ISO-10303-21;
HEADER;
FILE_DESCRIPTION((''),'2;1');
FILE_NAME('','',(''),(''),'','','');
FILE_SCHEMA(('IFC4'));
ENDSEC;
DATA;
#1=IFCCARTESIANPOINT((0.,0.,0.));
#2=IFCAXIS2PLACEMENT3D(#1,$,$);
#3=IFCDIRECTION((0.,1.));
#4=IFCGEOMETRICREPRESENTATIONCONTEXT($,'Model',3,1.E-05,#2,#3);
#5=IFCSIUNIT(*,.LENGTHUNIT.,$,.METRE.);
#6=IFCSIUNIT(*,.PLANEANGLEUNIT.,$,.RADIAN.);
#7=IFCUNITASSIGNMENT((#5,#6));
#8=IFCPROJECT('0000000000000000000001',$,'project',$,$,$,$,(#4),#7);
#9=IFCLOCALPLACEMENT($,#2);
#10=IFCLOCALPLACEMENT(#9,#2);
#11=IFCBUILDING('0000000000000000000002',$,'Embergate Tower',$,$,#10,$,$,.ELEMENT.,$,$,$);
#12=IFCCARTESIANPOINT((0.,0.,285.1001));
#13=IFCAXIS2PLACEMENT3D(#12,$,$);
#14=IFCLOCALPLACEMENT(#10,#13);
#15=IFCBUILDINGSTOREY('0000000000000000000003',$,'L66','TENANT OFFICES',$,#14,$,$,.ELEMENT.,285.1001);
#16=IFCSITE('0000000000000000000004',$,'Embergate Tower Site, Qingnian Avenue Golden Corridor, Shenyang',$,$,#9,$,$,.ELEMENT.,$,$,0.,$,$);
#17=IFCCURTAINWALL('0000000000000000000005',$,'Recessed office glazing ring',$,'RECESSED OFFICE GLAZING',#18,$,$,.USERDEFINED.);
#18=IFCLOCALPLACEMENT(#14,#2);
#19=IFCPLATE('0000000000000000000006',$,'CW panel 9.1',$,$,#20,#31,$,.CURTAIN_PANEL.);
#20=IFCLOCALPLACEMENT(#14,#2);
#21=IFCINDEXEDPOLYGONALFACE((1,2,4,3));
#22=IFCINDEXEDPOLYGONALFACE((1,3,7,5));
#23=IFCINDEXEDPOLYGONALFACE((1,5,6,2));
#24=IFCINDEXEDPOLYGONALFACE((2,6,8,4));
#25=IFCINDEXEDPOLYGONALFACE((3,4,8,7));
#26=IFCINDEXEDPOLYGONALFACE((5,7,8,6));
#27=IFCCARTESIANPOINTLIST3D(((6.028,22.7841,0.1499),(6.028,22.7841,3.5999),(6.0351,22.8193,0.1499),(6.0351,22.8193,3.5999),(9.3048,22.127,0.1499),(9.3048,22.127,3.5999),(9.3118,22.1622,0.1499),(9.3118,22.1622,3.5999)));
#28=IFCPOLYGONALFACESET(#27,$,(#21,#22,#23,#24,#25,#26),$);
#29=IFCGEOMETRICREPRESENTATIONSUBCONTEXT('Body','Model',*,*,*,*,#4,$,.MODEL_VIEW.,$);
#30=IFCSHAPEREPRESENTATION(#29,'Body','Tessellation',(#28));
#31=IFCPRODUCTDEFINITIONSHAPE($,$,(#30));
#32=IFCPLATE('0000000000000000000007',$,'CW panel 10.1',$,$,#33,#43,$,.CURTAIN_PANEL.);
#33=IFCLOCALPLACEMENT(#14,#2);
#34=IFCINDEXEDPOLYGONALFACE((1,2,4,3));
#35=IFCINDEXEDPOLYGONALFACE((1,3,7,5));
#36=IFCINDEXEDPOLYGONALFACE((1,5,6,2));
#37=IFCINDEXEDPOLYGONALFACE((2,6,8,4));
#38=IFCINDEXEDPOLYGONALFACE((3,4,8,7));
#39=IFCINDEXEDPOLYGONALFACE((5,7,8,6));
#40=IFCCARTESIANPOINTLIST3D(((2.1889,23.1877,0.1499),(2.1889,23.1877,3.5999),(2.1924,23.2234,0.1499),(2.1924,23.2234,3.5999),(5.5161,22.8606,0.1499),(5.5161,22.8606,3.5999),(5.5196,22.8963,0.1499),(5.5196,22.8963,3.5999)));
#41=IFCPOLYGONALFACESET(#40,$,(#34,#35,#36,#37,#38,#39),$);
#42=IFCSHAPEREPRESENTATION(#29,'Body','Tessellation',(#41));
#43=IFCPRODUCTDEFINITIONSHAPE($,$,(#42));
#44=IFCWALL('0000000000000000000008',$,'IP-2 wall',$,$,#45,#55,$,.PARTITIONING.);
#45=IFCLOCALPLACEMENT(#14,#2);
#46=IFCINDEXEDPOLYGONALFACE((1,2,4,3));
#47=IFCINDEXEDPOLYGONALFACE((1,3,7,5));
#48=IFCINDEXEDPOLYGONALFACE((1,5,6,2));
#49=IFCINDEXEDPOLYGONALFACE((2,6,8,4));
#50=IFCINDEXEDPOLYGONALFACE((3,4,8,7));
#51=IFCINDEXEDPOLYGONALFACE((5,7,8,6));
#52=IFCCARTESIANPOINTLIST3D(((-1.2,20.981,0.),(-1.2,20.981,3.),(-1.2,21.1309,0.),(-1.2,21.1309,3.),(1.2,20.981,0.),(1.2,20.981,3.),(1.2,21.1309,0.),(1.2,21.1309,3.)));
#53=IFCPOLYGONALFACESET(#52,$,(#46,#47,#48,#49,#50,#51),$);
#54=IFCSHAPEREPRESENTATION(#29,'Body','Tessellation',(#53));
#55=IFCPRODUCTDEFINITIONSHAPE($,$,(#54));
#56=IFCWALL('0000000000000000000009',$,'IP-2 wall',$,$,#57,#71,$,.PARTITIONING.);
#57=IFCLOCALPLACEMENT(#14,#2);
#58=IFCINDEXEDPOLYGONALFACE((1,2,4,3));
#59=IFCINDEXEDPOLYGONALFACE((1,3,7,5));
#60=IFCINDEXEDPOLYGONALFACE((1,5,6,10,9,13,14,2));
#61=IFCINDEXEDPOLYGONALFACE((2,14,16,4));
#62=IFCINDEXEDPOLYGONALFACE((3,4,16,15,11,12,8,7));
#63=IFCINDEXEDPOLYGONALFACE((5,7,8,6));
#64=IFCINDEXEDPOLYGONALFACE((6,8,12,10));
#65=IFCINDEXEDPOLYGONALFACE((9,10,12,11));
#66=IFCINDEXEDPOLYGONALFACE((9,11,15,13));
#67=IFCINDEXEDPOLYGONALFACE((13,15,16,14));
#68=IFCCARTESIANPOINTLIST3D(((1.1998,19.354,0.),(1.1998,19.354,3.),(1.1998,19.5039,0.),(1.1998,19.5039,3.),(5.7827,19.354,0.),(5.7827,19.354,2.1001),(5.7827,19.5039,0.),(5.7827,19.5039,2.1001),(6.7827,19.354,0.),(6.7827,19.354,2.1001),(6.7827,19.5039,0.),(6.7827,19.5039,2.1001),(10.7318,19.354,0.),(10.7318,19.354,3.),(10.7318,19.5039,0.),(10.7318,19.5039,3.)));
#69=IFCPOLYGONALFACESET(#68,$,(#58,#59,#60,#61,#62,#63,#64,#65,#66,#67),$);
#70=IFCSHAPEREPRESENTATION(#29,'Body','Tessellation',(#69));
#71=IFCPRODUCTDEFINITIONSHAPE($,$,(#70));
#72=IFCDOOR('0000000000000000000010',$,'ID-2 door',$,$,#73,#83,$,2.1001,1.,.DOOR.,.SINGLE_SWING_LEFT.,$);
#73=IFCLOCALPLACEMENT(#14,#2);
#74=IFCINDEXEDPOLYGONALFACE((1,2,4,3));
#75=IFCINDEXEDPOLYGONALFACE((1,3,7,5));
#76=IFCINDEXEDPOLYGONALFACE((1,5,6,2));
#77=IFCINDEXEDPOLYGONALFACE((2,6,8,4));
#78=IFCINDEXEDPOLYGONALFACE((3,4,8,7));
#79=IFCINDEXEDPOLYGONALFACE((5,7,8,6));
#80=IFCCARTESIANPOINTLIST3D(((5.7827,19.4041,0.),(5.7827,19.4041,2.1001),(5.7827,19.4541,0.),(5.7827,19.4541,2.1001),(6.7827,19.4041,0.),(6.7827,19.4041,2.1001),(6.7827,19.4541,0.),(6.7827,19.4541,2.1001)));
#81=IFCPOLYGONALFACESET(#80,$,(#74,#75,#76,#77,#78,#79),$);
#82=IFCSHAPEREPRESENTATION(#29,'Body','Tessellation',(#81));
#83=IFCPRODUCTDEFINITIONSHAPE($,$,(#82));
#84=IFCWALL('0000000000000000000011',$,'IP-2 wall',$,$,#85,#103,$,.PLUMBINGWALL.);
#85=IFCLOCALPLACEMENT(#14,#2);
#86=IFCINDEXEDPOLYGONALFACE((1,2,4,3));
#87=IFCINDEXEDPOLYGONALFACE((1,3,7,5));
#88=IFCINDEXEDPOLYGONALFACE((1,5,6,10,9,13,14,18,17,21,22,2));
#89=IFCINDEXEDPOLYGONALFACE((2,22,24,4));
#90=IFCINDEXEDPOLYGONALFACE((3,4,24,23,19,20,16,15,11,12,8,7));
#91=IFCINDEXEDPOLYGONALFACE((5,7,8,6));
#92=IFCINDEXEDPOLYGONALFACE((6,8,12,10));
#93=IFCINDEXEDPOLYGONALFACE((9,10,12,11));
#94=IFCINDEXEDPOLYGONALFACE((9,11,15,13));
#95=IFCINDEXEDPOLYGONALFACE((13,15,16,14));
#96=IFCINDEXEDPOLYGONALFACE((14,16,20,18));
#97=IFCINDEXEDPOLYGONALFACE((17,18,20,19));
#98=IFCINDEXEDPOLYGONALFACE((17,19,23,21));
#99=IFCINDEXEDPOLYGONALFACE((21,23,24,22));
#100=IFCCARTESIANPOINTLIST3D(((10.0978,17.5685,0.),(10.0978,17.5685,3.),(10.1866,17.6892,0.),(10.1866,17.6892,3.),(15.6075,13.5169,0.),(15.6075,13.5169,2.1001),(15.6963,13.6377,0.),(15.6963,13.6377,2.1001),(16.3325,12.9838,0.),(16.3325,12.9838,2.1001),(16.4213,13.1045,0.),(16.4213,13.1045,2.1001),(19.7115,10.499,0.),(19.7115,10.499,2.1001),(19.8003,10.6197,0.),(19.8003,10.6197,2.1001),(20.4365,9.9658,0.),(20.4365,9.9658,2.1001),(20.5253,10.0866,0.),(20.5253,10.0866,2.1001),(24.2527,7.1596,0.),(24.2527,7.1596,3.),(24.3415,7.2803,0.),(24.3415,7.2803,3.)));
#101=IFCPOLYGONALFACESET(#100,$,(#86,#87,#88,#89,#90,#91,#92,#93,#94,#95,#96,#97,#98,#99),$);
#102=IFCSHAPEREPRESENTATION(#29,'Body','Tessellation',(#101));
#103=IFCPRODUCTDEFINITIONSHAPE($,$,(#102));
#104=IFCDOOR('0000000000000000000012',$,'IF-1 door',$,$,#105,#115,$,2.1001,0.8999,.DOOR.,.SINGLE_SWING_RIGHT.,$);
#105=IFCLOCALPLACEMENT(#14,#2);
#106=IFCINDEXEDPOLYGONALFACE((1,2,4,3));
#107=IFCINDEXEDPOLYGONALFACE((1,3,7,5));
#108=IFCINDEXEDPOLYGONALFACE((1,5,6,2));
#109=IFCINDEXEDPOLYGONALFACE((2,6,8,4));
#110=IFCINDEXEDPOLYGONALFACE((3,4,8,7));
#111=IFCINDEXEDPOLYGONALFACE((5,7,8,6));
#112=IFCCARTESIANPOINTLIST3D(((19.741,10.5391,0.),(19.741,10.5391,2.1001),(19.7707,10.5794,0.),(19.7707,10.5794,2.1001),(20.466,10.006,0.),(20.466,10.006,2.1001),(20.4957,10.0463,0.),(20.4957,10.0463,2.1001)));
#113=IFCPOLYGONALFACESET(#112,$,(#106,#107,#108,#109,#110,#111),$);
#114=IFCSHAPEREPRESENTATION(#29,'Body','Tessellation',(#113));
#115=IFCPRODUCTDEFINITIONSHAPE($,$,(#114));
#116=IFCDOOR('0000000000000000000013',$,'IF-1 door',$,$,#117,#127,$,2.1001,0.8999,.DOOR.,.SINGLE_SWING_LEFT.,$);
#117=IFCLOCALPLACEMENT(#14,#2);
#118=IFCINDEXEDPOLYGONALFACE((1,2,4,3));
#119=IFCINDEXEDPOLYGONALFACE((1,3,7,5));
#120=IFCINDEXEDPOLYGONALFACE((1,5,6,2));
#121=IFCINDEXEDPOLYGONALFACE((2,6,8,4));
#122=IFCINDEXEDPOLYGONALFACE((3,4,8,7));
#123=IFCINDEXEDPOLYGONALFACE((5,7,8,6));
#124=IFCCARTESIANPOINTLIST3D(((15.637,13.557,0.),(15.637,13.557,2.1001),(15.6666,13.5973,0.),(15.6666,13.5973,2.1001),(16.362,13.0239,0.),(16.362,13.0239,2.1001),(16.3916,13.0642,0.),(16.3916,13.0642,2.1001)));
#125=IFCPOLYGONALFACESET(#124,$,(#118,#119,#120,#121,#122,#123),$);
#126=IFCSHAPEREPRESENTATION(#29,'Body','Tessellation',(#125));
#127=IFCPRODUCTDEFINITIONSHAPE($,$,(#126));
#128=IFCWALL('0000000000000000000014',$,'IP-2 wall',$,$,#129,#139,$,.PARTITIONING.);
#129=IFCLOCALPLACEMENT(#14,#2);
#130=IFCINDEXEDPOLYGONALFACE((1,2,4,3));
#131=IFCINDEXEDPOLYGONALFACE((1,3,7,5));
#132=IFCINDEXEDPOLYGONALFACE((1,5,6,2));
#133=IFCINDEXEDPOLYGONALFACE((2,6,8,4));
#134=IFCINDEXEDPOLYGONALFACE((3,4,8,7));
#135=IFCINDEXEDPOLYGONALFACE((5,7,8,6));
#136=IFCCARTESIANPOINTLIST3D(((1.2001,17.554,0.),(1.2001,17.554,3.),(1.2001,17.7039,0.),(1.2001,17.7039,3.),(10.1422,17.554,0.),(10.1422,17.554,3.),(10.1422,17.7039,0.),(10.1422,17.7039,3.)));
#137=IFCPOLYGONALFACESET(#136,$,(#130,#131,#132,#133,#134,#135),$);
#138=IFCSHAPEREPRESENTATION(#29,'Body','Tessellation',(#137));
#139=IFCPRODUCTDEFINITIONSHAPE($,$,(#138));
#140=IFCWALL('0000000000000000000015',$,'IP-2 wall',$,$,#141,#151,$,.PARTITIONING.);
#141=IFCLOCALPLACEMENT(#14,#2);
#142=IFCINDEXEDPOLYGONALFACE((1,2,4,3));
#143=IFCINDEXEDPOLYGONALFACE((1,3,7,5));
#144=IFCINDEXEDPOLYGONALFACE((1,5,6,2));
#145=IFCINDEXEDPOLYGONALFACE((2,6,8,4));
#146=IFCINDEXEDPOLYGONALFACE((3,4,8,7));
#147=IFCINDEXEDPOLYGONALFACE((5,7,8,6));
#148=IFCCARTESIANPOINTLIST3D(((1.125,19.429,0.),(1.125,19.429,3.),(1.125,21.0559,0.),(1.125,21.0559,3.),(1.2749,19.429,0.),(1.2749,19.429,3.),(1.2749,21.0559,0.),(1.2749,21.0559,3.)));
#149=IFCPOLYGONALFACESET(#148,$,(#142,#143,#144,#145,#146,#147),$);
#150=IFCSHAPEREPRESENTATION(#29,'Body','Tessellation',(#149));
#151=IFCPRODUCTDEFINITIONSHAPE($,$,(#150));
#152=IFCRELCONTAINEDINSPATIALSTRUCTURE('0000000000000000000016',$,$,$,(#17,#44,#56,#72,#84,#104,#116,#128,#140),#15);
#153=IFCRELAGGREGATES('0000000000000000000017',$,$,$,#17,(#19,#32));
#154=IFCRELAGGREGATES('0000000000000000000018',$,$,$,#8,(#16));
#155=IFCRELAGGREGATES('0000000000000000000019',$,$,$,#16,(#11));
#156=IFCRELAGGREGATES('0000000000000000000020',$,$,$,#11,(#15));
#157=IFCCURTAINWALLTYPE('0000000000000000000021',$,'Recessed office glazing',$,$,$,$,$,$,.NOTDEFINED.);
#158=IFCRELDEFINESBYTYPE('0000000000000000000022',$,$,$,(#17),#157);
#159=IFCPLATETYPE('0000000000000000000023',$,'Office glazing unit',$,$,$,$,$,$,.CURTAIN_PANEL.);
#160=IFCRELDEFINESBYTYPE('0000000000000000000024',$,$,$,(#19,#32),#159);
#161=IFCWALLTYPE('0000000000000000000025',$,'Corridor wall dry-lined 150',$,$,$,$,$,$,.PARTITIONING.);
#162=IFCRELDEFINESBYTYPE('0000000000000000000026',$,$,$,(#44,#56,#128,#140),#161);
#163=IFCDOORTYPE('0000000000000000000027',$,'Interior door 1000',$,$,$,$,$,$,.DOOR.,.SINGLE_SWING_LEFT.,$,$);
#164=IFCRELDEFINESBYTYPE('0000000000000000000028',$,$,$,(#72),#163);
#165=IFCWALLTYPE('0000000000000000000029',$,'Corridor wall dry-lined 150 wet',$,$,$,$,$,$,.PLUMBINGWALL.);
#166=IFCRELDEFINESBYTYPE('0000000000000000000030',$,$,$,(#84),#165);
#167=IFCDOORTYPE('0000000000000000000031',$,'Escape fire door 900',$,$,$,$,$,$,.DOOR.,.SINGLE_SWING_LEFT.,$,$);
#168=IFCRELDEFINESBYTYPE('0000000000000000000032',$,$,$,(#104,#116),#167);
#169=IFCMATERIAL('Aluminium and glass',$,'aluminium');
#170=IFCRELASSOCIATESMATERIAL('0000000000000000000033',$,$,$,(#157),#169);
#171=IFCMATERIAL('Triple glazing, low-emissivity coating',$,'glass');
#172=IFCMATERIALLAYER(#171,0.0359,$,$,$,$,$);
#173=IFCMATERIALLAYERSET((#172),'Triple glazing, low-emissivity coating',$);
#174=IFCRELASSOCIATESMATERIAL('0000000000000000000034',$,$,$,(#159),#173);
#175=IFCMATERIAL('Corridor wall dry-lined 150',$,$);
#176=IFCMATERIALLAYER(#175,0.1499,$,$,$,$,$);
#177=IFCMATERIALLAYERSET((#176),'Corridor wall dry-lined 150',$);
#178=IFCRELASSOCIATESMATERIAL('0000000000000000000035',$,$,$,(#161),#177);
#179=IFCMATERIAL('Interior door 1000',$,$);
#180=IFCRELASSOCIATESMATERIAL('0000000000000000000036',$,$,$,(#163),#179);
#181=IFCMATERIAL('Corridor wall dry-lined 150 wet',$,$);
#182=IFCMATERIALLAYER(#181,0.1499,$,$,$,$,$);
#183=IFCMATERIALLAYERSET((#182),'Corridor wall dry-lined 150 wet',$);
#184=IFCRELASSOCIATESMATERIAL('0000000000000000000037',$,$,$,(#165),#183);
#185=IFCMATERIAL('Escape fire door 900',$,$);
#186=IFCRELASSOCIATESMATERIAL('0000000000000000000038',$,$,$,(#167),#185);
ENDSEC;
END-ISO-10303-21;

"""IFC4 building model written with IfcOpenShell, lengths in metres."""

from ifc_helpers import new_model, si_unit, direction, frame, frame_2d, origin, origin_2d, place, context, subcontext, project, spatial, rectangle, extrude, source, transform, mapped, material, layer, layer_set, type_object, element, fill, aggregate, save


model = new_model("IFC4")

# Units and contexts
model_context = context("Model", 3, precision=1e-05, world=origin(), true_north=direction((0.0, 1.0)))
body_context = subcontext(model_context, "Body", "Model", "MODEL_VIEW")
ifc_project = project(units=[si_unit("LENGTHUNIT", "METRE"), si_unit("PLANEANGLEUNIT", "RADIAN")], contexts=[model_context])

# Site, building, storey
site_placement = place(None, origin())
site = spatial("IfcSite", under=ifc_project, at=site_placement, Name="Embergate Tower Site, Qingnian Avenue Golden Corridor, Shenyang", CompositionType="ELEMENT", RefElevation=0.0)
building_placement = place(site_placement, origin())
building = spatial("IfcBuilding", under=site, at=building_placement, Name="Embergate Tower", CompositionType="ELEMENT")
storey_placement = place(building_placement, frame((0.0, 0.0, 285.1001)))
storey = spatial("IfcBuildingStorey", under=building, at=storey_placement, Name="L66", Description="TENANT OFFICES", CompositionType="ELEMENT", Elevation=285.1001)

# Curtain wall, plates
ifc_material_1 = material(Name="Aluminium and glass", Category="aluminium")
curtain_wall_type = type_object("IfcCurtainWallType", Name="Recessed office glazing", PredefinedType="NOTDEFINED", material=ifc_material_1)
curtain_wall_placement = place(storey_placement, origin())
curtain_wall = element("IfcCurtainWall", 1, at=curtain_wall_placement, inside=storey, type_object=curtain_wall_type, Name="Recessed office glazing ring", ObjectType="RECESSED OFFICE GLAZING", PredefinedType="USERDEFINED")
ifc_material_2 = material(Name="Triple glazing, low-emissivity coating", Category="glass")
ifc_layer_1 = layer(ifc_material_2, 0.0359)
ifc_layer_set_1 = layer_set([ifc_layer_1], Name="Triple glazing, low-emissivity coating")
plate_type = type_object("IfcPlateType", Name="Office glazing unit", PredefinedType="CURTAIN_PANEL", material=ifc_layer_set_1)
shared_shape_1 = source(origin(), body_context, "Body", "SweptSolid", [
    extrude(rectangle(XDim=3.342, YDim=0.0359, at=origin_2d()), origin(), (0.0, 0.0, 1.0), 3.45),
])
plate_1_placement = place(storey_placement, frame((7.6699, 22.4731, 0.1499), z_axis=(0.0, 0.0, 1.0), x_axis=(-0.980477, 0.196636, 0.0)))
plate_1 = element("IfcPlate", 2, at=plate_1_placement, type_object=plate_type, Name="CW panel 9.1", PredefinedType="CURTAIN_PANEL", context=body_context, shape_type="MappedRepresentation", body=[
    mapped(shared_shape_1, transform((0.0, 0.0, 0.0))),
])
shared_shape_2 = source(origin(), body_context, "Body", "SweptSolid", [
    extrude(rectangle(XDim=3.3433, YDim=0.0359, at=origin_2d()), origin(), (0.0, 0.0, 1.0), 3.45),
])
plate_2_placement = place(storey_placement, frame((3.8542, 23.042, 0.1499), z_axis=(0.0, 0.0, 1.0), x_axis=(-0.995203, 0.097828, 0.0)))
plate_2 = element("IfcPlate", 3, at=plate_2_placement, type_object=plate_type, Name="CW panel 10.1", PredefinedType="CURTAIN_PANEL", context=body_context, shape_type="MappedRepresentation", body=[
    mapped(shared_shape_2, transform((0.0, 0.0, 0.0))),
])
aggregate(curtain_wall, [plate_1, plate_2])

# Wall
ifc_material_3 = material(Name="Corridor wall dry-lined 150")
ifc_layer_2 = layer(ifc_material_3, 0.1499)
ifc_layer_set_2 = layer_set([ifc_layer_2], Name="Corridor wall dry-lined 150")
wall_type_1 = type_object("IfcWallType", Name="Corridor wall dry-lined 150", PredefinedType="PARTITIONING", material=ifc_layer_set_2)
shared_shape_3 = source(origin(), body_context, "Body", "SweptSolid", [
    extrude(rectangle(XDim=2.3999, YDim=0.1499, at=frame_2d((1.2, 0.0))), origin(), (0.0, 0.0, 1.0), 3.0),
])
wall_1_placement = place(storey_placement, frame((1.2, 21.0559, 0.0), z_axis=(0.0, 0.0, 1.0), x_axis=(-1.0, 0.0, 0.0)))
element("IfcWall", 4, at=wall_1_placement, inside=storey, type_object=wall_type_1, Name="IP-2 wall", PredefinedType="PARTITIONING", context=body_context, shape_type="MappedRepresentation", body=[
    mapped(shared_shape_3, transform((0.0, 0.0, 0.0))),
])

# Wall, opening, door
shared_shape_4 = source(origin(), body_context, "Body", "SweptSolid", [
    extrude(rectangle(XDim=9.532, YDim=0.1499, at=frame_2d((4.7661, 0.0))), origin(), (0.0, 0.0, 1.0), 3.0),
])
wall_2_placement = place(storey_placement, frame((10.7319, 19.429, 0.0), z_axis=(0.0, 0.0, 1.0), x_axis=(-1.0, 0.0, 0.0)))
wall_2 = element("IfcWall", 5, at=wall_2_placement, inside=storey, type_object=wall_type_1, Name="IP-2 wall", PredefinedType="PARTITIONING", context=body_context, shape_type="MappedRepresentation", body=[
    mapped(shared_shape_4, transform((0.0, 0.0, 0.0))),
])
shared_shape_5 = source(origin(), body_context, "Body", "SweptSolid", [
    extrude(rectangle(XDim=1.0, YDim=2.1001, at=frame_2d((0.5, 1.05))), frame((0.0, 0.085, 0.0), z_axis=(0.0, -1.0, 0.0), x_axis=(1.0, 0.0, 0.0)), (0.0, 0.0, 1.0), 0.1699),
])
opening_1_placement = place(wall_2_placement, frame((3.9492, 0.0, 0.0)))
opening_1 = element("IfcOpeningElement", 6, at=opening_1_placement, cuts=wall_2, PredefinedType="OPENING", context=body_context, shape_type="MappedRepresentation", body=[
    mapped(shared_shape_5, transform((0.0, 0.0, 0.0))),
])
ifc_material_4 = material(Name="Interior door 1000")
door_type_1 = type_object("IfcDoorType", Name="Interior door 1000", OperationType="SINGLE_SWING_LEFT", PredefinedType="DOOR", material=ifc_material_4)
shared_shape_6 = source(origin(), body_context, "Body", "SweptSolid", [
    extrude(rectangle(XDim=1.0, YDim=2.1001, at=frame_2d((0.5, 1.05))), frame((0.0, 0.0249, 0.0), z_axis=(0.0, -1.0, 0.0), x_axis=(1.0, 0.0, 0.0)), (0.0, 0.0, 1.0), 0.05),
])
door_1_placement = place(opening_1_placement, origin())
door_1 = element("IfcDoor", 7, at=door_1_placement, inside=storey, type_object=door_type_1, Name="ID-2 door", OperationType="SINGLE_SWING_LEFT", OverallHeight=2.1001, OverallWidth=1.0, PredefinedType="DOOR", context=body_context, shape_type="MappedRepresentation", body=[
    mapped(shared_shape_6, transform((0.0, 0.0, 0.0))),
])
fill(opening_1, door_1)

# Wall, openings, doors
ifc_material_5 = material(Name="Corridor wall dry-lined 150 wet")
ifc_layer_3 = layer(ifc_material_5, 0.1499)
ifc_layer_set_3 = layer_set([ifc_layer_3], Name="Corridor wall dry-lined 150 wet")
wall_type_2 = type_object("IfcWallType", Name="Corridor wall dry-lined 150 wet", PredefinedType="PLUMBINGWALL", material=ifc_layer_set_3)
shared_shape_7 = source(origin(), body_context, "Body", "SweptSolid", [
    extrude(rectangle(XDim=17.5701, YDim=0.1499, at=frame_2d((8.7852, 0.0))), origin(), (0.0, 0.0, 1.0), 3.0),
])
wall_3_placement = place(storey_placement, frame((10.1421, 17.6289, 0.0), z_axis=(0.0, 0.0, 1.0), x_axis=(0.805629, -0.592421, 0.0)))
wall_3 = element("IfcWall", 8, at=wall_3_placement, inside=storey, type_object=wall_type_2, Name="IP-2 wall", PredefinedType="PLUMBINGWALL", context=body_context, shape_type="MappedRepresentation", body=[
    mapped(shared_shape_7, transform((0.0, 0.0, 0.0))),
])
shared_shape_8 = source(origin(), body_context, "Body", "SweptSolid", [
    extrude(rectangle(XDim=0.8999, YDim=2.1001, at=frame_2d((0.45, 1.05))), frame((0.0, 0.085, 0.0), z_axis=(0.0, -1.0, 0.0), x_axis=(1.0, 0.0, 0.0)), (0.0, 0.0, 1.0), 0.1699),
])
opening_2_placement = place(wall_3_placement, frame((11.9333, 0.0, 0.0)))
opening_2 = element("IfcOpeningElement", 9, at=opening_2_placement, cuts=wall_3, PredefinedType="OPENING", context=body_context, shape_type="MappedRepresentation", body=[
    mapped(shared_shape_8, transform((0.0, 0.0, 0.0))),
])
opening_3_placement = place(wall_3_placement, frame((6.8391, 0.0, 0.0)))
opening_3 = element("IfcOpeningElement", 10, at=opening_3_placement, cuts=wall_3, PredefinedType="OPENING", context=body_context, shape_type="MappedRepresentation", body=[
    mapped(shared_shape_8, transform((0.0, 0.0, 0.0))),
])
ifc_material_6 = material(Name="Escape fire door 900")
door_type_2 = type_object("IfcDoorType", Name="Escape fire door 900", OperationType="SINGLE_SWING_LEFT", PredefinedType="DOOR", material=ifc_material_6)
shared_shape_9 = source(origin(), body_context, "Body", "SweptSolid", [
    extrude(rectangle(XDim=0.8999, YDim=2.1001, at=frame_2d((0.45, 1.05))), frame((0.0, 0.0249, 0.0), z_axis=(0.0, -1.0, 0.0), x_axis=(1.0, 0.0, 0.0)), (0.0, 0.0, 1.0), 0.05),
])
door_2_placement = place(opening_2_placement, origin())
door_2 = element("IfcDoor", 11, at=door_2_placement, inside=storey, type_object=door_type_2, Name="IF-1 door", OperationType="SINGLE_SWING_RIGHT", OverallHeight=2.1001, OverallWidth=0.8999, PredefinedType="DOOR", context=body_context, shape_type="MappedRepresentation", body=[
    mapped(shared_shape_9, transform((0.0, 0.0, 0.0))),
])
fill(opening_2, door_2)
door_3_placement = place(opening_3_placement, origin())
door_3 = element("IfcDoor", 12, at=door_3_placement, inside=storey, type_object=door_type_2, Name="IF-1 door", OperationType="SINGLE_SWING_LEFT", OverallHeight=2.1001, OverallWidth=0.8999, PredefinedType="DOOR", context=body_context, shape_type="MappedRepresentation", body=[
    mapped(shared_shape_9, transform((0.0, 0.0, 0.0))),
])
fill(opening_3, door_3)

# Walls
shared_shape_10 = source(origin(), body_context, "Body", "SweptSolid", [
    extrude(rectangle(XDim=8.9421, YDim=0.1499, at=frame_2d((4.4712, 0.0))), origin(), (0.0, 0.0, 1.0), 3.0),
])
wall_4_placement = place(storey_placement, frame((1.2, 17.6289, 0.0), z_axis=(0.0, 0.0, 1.0), x_axis=(1.0, 0.0, 0.0)))
element("IfcWall", 13, at=wall_4_placement, inside=storey, type_object=wall_type_1, Name="IP-2 wall", PredefinedType="PARTITIONING", context=body_context, shape_type="MappedRepresentation", body=[
    mapped(shared_shape_10, transform((0.0, 0.0, 0.0))),
])
shared_shape_11 = source(origin(), body_context, "Body", "SweptSolid", [
    extrude(rectangle(XDim=1.627, YDim=0.1499, at=frame_2d((0.8135, 0.0))), origin(), (0.0, 0.0, 1.0), 3.0),
])
wall_5_placement = place(storey_placement, frame((1.2, 19.429, 0.0), z_axis=(0.0, 0.0, 1.0), x_axis=(0.0, 1.0, 0.0)))
element("IfcWall", 14, at=wall_5_placement, inside=storey, type_object=wall_type_1, Name="IP-2 wall", PredefinedType="PARTITIONING", context=body_context, shape_type="MappedRepresentation", body=[
    mapped(shared_shape_11, transform((0.0, 0.0, 0.0))),
])

save(model, "model.ifc")
